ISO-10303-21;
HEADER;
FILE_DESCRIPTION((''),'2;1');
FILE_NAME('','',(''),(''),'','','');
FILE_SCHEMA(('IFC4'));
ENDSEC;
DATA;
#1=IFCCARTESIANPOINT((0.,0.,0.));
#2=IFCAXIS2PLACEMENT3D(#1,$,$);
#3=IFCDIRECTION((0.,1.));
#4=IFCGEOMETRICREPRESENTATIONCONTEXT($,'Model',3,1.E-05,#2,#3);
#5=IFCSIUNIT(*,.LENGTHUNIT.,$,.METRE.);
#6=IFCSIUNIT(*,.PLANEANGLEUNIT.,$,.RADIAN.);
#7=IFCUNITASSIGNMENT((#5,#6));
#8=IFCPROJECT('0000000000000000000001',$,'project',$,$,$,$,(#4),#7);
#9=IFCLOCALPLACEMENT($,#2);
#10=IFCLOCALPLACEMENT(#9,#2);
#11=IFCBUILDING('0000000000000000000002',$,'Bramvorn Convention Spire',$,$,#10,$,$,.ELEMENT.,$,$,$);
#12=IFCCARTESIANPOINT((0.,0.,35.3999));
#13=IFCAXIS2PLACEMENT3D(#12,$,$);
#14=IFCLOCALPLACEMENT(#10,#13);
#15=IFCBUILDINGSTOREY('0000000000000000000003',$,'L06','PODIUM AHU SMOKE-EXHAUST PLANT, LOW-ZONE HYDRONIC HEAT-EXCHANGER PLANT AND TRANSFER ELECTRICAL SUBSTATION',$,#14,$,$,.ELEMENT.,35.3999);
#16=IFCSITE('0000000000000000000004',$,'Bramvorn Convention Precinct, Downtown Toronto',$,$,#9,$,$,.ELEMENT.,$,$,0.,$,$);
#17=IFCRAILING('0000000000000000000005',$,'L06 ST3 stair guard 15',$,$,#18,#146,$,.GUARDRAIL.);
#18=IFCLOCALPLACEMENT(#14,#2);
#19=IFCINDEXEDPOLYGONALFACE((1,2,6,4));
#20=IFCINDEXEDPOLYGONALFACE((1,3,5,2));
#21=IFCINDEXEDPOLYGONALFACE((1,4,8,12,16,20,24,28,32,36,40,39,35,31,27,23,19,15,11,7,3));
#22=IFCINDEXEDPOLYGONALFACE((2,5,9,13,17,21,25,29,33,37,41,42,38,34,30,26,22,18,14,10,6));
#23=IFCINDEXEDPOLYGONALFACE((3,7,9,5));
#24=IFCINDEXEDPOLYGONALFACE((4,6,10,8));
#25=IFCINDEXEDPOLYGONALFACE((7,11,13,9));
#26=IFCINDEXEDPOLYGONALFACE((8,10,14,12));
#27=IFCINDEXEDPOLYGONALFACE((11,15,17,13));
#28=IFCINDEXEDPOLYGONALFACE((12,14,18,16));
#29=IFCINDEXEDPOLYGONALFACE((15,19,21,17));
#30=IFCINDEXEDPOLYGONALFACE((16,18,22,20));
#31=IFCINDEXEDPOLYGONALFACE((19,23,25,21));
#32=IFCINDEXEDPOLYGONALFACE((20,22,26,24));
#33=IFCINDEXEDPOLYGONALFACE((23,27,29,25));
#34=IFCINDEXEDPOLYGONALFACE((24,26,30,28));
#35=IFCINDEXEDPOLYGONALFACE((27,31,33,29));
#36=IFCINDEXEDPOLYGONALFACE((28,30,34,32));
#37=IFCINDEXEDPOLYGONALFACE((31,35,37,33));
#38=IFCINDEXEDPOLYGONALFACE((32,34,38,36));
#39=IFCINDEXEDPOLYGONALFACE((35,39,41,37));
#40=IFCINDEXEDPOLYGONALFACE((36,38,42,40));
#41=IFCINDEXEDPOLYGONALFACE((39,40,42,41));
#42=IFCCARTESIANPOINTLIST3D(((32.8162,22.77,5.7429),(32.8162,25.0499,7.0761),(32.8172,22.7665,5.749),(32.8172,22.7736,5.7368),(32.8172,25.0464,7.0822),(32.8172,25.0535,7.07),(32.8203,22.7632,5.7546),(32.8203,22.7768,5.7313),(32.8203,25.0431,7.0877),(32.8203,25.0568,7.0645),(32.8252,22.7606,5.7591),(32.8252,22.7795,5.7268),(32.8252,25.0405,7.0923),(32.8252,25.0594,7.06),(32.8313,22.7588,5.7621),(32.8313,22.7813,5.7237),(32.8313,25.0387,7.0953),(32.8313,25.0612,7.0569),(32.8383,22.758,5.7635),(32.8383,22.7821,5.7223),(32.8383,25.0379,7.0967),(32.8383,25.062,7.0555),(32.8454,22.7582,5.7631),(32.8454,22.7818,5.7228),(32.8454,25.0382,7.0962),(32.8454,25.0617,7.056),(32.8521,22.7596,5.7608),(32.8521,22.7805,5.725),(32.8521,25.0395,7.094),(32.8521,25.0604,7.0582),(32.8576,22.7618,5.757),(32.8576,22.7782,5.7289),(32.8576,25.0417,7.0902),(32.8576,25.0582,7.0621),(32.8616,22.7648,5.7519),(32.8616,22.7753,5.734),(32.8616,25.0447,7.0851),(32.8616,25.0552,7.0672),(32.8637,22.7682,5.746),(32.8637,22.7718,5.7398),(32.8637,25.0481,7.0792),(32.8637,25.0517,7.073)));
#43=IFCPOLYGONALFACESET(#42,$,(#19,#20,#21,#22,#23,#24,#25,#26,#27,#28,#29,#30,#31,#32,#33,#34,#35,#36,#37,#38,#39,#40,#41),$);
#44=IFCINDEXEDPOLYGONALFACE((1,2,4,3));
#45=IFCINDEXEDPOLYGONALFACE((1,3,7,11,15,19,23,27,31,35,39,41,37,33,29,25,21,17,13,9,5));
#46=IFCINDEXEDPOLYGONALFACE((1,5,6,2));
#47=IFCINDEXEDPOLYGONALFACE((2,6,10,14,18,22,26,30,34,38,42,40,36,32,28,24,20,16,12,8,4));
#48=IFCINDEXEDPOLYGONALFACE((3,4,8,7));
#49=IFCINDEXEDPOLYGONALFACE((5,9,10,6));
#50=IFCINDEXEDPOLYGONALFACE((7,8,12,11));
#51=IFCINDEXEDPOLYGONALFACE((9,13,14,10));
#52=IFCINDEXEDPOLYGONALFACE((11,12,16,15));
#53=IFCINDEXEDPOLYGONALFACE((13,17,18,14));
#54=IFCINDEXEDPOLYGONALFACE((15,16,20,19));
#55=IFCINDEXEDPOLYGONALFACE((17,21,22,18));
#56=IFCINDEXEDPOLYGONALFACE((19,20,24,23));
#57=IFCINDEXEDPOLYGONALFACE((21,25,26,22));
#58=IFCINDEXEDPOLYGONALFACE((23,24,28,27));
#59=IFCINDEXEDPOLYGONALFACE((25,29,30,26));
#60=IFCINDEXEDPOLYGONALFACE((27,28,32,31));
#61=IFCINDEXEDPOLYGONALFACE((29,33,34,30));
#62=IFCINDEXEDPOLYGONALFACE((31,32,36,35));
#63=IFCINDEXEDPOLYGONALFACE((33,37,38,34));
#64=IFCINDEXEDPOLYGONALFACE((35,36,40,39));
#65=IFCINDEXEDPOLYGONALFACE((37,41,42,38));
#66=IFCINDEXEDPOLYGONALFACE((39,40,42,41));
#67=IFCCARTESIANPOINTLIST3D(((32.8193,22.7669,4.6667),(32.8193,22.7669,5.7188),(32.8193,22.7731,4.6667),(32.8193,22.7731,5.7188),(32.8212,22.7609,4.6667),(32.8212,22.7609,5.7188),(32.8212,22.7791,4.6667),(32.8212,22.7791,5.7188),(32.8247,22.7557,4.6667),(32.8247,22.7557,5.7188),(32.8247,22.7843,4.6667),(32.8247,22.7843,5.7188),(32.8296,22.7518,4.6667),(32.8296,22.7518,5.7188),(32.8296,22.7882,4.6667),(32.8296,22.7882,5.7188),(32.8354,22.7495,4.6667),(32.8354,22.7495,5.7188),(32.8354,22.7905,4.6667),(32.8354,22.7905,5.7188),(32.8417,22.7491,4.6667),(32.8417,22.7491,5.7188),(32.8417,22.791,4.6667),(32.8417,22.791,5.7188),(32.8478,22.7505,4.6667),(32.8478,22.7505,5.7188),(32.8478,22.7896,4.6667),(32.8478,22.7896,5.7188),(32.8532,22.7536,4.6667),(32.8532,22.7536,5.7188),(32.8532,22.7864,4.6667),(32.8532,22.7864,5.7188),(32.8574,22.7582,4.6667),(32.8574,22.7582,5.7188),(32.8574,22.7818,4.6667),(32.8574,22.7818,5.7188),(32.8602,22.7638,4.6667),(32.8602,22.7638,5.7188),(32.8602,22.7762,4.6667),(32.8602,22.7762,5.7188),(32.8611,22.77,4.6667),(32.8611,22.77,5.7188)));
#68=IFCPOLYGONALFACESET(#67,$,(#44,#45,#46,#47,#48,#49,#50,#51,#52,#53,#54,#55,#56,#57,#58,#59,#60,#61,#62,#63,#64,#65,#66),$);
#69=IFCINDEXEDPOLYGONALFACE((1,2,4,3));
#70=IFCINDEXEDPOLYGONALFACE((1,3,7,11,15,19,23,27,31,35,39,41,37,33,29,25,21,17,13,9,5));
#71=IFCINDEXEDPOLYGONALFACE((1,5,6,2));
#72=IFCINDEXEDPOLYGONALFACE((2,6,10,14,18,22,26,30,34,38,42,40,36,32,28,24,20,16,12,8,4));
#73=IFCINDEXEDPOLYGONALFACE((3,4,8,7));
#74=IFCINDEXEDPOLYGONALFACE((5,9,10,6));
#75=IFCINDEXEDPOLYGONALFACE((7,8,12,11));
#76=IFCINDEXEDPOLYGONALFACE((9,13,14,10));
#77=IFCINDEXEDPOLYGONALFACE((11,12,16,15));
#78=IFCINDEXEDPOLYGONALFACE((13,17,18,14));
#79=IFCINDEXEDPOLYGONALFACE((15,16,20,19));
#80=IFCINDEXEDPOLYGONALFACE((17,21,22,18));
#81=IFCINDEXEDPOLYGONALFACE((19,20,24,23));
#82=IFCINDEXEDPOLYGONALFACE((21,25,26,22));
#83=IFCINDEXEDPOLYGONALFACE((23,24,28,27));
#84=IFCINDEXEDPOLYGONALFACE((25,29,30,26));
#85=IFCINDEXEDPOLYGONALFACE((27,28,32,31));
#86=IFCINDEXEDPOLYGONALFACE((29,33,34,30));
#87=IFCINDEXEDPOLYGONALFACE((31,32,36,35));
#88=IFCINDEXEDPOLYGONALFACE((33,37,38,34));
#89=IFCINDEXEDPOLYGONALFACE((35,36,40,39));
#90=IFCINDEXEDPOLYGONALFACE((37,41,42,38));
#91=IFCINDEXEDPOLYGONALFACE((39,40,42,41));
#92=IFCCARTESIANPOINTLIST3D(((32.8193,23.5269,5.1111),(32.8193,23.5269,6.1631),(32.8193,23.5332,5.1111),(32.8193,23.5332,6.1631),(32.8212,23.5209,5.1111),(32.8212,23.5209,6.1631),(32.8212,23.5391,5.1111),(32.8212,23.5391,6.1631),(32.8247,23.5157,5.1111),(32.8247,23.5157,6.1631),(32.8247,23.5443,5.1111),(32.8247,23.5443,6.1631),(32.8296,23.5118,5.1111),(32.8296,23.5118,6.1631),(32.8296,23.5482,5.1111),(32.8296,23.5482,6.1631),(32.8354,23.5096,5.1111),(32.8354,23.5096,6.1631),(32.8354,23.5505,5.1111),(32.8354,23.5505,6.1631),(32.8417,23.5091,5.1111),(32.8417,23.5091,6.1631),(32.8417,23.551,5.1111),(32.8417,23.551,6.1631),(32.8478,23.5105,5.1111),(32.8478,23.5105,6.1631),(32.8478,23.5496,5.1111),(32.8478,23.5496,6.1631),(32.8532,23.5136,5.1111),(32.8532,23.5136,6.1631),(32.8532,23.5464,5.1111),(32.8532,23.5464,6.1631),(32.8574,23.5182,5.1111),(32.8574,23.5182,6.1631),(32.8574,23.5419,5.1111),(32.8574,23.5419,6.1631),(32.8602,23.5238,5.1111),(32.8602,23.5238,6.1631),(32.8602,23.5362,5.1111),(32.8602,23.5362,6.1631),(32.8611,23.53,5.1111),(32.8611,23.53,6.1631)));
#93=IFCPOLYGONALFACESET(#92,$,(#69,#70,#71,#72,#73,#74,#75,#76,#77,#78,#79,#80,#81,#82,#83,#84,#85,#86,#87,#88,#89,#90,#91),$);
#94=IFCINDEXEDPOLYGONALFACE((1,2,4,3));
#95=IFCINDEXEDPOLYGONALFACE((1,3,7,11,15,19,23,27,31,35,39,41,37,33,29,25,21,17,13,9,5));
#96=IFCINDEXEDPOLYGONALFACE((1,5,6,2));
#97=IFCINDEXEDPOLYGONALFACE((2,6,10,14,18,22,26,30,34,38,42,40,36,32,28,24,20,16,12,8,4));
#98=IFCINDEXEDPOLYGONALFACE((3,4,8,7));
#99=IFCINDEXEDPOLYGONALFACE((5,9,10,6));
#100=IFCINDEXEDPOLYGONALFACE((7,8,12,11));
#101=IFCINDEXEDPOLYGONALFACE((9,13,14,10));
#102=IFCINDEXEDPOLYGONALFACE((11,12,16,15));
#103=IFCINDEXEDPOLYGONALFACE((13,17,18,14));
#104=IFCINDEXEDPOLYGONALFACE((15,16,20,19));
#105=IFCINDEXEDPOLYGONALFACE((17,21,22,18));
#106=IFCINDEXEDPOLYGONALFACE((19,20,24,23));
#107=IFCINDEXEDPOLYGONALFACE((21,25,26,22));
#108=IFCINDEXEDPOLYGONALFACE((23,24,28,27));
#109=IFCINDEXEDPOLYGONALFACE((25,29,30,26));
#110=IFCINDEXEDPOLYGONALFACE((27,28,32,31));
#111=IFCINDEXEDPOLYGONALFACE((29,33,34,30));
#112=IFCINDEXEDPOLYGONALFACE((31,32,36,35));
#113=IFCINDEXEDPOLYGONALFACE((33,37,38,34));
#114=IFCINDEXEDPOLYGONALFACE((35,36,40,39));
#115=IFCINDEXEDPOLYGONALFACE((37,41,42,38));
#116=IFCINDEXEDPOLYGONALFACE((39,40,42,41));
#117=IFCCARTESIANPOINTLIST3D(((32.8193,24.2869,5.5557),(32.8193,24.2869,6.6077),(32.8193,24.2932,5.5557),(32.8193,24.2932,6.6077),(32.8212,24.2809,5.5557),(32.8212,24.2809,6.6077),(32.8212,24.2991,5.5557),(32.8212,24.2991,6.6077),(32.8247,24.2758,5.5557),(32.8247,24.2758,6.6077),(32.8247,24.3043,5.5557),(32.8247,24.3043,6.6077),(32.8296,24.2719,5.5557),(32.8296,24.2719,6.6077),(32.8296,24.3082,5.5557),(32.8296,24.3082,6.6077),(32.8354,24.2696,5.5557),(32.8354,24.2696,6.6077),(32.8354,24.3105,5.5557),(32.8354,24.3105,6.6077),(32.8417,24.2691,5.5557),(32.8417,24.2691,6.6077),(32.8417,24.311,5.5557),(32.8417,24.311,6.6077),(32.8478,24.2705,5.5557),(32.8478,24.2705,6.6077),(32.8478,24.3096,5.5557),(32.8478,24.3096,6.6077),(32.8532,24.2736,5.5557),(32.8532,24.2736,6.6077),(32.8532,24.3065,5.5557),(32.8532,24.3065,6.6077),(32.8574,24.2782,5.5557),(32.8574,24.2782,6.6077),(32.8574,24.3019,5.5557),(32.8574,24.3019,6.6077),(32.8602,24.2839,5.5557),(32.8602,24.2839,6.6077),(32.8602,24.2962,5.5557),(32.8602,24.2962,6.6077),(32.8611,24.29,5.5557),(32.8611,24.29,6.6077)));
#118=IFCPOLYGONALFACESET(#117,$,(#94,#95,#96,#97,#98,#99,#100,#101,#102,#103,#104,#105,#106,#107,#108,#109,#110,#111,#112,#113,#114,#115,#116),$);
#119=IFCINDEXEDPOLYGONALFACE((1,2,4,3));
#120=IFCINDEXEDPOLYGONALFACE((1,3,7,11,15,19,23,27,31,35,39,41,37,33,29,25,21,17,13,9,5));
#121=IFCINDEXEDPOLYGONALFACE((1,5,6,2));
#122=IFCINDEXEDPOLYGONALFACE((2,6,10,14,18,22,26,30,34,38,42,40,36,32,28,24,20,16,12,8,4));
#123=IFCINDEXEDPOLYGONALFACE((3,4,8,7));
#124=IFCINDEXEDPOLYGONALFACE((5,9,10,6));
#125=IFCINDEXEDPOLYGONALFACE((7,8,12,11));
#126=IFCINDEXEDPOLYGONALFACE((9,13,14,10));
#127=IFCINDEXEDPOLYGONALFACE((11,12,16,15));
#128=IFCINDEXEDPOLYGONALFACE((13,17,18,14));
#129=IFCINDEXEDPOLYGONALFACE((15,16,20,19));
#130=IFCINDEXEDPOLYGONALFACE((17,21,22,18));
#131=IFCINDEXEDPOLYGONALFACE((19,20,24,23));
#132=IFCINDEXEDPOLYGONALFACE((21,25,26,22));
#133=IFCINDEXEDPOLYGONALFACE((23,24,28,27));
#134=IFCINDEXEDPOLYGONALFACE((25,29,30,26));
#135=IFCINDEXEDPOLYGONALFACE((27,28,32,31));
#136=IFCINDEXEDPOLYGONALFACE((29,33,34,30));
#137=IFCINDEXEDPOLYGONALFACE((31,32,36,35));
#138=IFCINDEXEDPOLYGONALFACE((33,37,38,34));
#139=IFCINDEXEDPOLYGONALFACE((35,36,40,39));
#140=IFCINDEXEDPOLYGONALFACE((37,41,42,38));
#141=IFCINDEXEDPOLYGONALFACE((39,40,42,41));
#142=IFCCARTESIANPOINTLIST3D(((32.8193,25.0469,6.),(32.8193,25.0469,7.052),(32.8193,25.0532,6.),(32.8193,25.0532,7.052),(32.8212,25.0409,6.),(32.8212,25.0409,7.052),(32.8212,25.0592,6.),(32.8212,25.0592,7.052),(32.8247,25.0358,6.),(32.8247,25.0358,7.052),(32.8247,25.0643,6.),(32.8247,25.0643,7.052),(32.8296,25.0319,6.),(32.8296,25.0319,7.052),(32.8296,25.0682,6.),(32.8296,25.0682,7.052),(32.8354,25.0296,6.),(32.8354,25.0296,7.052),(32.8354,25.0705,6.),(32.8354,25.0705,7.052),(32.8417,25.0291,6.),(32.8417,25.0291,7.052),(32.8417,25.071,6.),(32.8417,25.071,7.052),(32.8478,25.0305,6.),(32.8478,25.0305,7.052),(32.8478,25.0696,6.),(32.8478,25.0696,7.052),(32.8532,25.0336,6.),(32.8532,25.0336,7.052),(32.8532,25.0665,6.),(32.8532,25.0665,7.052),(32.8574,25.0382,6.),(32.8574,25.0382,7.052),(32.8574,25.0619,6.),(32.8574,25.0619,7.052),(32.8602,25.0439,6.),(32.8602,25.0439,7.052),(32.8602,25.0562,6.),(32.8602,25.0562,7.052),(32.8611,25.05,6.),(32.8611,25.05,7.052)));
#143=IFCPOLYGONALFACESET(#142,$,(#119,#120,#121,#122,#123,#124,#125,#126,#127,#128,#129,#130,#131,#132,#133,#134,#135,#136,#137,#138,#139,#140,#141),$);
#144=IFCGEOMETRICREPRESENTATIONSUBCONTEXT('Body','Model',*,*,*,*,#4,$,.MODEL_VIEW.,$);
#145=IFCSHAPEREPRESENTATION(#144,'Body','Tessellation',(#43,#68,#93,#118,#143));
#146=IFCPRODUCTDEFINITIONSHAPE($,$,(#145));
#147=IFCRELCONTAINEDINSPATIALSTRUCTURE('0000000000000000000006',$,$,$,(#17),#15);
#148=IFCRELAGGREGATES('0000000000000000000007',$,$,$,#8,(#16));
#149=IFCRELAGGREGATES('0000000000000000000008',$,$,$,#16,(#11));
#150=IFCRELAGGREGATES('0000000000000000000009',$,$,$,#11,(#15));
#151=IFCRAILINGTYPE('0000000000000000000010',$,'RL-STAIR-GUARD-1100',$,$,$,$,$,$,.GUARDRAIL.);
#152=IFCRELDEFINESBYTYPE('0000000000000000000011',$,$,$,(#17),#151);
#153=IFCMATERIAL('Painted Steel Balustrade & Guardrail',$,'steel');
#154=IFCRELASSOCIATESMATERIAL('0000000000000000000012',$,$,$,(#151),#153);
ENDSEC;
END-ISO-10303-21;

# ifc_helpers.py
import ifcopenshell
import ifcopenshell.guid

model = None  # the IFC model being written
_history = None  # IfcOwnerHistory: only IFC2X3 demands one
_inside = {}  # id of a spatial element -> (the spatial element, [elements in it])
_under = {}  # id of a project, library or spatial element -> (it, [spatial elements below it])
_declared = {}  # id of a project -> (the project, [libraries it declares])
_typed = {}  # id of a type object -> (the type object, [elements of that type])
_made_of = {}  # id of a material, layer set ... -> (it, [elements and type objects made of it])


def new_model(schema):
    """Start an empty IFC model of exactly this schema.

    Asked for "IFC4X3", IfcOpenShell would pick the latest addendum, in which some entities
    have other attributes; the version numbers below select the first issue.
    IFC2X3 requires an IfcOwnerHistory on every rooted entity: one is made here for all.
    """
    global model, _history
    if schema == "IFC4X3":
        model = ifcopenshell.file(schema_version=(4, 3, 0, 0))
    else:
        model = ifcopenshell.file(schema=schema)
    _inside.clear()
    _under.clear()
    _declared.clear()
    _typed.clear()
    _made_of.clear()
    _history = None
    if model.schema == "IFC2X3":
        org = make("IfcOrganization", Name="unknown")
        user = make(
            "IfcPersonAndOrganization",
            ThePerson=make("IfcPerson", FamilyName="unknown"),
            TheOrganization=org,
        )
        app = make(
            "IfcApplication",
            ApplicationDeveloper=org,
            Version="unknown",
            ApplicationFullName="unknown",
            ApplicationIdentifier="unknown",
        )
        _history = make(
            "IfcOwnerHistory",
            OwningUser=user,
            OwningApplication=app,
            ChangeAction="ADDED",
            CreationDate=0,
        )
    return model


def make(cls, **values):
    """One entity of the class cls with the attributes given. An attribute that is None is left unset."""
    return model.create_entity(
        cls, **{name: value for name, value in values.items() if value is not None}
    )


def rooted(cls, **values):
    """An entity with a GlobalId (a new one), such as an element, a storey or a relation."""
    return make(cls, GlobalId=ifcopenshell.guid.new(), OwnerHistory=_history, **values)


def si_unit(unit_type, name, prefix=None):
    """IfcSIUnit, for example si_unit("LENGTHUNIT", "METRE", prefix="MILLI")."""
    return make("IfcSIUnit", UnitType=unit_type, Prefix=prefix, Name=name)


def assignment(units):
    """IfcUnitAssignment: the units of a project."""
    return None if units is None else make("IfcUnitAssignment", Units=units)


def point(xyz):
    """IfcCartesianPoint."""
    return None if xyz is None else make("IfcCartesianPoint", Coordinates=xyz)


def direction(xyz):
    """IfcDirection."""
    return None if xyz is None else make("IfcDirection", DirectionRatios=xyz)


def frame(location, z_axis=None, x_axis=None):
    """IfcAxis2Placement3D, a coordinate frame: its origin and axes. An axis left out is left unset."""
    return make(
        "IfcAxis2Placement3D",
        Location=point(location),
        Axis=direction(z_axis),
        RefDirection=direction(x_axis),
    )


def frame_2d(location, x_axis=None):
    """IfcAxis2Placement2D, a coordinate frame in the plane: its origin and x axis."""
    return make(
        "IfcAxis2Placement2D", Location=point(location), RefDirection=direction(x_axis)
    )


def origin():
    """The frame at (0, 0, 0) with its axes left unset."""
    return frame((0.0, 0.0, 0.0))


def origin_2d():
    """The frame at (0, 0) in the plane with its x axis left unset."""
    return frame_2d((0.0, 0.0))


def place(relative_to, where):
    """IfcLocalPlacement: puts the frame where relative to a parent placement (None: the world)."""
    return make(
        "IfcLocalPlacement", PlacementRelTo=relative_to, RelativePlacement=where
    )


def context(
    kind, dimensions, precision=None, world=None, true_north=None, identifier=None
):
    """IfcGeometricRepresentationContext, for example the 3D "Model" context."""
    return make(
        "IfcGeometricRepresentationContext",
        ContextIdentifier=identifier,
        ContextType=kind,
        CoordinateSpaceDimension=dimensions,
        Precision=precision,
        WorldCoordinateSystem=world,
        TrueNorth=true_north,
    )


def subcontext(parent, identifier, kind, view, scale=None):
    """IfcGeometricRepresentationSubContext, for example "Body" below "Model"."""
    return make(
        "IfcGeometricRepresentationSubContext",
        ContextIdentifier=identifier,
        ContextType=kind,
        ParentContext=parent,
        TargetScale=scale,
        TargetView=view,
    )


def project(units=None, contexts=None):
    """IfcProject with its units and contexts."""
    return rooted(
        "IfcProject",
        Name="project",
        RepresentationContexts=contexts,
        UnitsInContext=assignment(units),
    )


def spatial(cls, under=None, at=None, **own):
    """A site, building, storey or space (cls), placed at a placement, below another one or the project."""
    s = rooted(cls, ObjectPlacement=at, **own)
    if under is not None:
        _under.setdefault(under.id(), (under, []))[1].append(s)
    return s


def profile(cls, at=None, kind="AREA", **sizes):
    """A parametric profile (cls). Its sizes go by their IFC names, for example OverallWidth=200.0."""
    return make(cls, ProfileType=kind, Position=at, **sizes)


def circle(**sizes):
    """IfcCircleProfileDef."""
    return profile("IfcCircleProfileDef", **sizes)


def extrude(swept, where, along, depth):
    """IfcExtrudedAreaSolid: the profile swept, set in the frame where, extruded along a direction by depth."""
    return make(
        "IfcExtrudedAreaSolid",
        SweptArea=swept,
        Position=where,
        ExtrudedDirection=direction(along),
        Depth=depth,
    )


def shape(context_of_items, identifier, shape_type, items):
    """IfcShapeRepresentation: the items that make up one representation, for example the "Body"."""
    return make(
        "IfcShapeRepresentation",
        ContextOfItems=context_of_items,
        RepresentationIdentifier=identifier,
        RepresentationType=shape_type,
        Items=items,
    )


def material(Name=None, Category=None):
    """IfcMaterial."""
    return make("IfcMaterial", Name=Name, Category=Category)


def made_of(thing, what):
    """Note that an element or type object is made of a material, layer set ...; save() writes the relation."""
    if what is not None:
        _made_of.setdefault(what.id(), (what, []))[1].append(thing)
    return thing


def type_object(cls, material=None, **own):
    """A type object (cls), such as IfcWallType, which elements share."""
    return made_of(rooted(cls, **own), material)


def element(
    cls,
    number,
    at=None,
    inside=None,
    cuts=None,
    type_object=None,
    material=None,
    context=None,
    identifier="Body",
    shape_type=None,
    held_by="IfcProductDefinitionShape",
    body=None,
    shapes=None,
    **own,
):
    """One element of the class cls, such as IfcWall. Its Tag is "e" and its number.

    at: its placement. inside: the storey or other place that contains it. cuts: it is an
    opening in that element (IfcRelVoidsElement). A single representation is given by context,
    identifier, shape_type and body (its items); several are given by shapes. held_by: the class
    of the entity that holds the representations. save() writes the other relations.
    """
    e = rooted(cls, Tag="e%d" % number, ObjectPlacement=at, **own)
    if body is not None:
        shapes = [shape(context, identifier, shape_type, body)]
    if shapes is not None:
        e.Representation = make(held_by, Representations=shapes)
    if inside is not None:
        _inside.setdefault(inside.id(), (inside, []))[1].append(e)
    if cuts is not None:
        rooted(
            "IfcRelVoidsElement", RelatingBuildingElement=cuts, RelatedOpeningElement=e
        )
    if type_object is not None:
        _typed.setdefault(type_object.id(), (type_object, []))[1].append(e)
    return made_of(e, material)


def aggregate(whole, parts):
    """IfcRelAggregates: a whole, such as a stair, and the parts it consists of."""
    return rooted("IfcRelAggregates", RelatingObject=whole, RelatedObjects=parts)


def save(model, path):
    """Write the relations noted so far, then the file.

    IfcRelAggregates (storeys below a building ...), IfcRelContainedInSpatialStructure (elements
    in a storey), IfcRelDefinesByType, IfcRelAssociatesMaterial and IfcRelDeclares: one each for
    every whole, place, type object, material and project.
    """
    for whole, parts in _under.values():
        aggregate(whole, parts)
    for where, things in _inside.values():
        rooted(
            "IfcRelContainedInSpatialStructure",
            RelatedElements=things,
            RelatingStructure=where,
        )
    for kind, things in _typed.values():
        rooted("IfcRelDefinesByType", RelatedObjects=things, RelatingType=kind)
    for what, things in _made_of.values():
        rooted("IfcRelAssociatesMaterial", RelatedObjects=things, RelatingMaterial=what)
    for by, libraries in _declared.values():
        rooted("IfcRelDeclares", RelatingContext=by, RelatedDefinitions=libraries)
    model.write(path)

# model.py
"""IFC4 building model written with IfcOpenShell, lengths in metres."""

from ifc_helpers import new_model, si_unit, direction, frame, origin, origin_2d, place, context, subcontext, project, spatial, circle, extrude, material, type_object, element, save


model = new_model("IFC4")

# Units and contexts
model_context = context("Model", 3, precision=1e-05, world=origin(), true_north=direction((0.0, 1.0)))
body_context = subcontext(model_context, "Body", "Model", "MODEL_VIEW")
ifc_project = project(units=[si_unit("LENGTHUNIT", "METRE"), si_unit("PLANEANGLEUNIT", "RADIAN")], contexts=[model_context])

# Site, building, storey
site_placement = place(None, origin())
site = spatial("IfcSite", under=ifc_project, at=site_placement, Name="Bramvorn Convention Precinct, Downtown Toronto", CompositionType="ELEMENT", RefElevation=0.0)
building_placement = place(site_placement, origin())
building = spatial("IfcBuilding", under=site, at=building_placement, Name="Bramvorn Convention Spire", CompositionType="ELEMENT")
storey_placement = place(building_placement, frame((0.0, 0.0, 35.3999)))
storey = spatial("IfcBuildingStorey", under=building, at=storey_placement, Name="L06", Description="PODIUM AHU SMOKE-EXHAUST PLANT, LOW-ZONE HYDRONIC HEAT-EXCHANGER PLANT AND TRANSFER ELECTRICAL SUBSTATION", CompositionType="ELEMENT", Elevation=35.3999)

# Railing
ifc_material_1 = material(Name="Painted Steel Balustrade & Guardrail", Category="steel")
railing_type_1 = type_object("IfcRailingType", Name="RL-STAIR-GUARD-1100", PredefinedType="GUARDRAIL", material=ifc_material_1)
railing_1_placement = place(storey_placement, frame((32.8401, 22.77, 4.6667)))
element("IfcRailing", 1, at=railing_1_placement, inside=storey, type_object=railing_type_1, Name="L06 ST3 stair guard 15", PredefinedType="GUARDRAIL", context=body_context, shape_type="SweptSolid", body=[
    extrude(circle(Radius=0.0239, at=origin_2d()), frame((0.0, 0.0, 1.0762), z_axis=(0.0, 0.863245, 0.504785), x_axis=(-1.0, 0.0, 0.0)), (0.0, 0.0, 1.0), 2.6411),
    extrude(circle(Radius=0.021, at=origin_2d()), origin(), (0.0, 0.0, 1.0), 1.052),
    extrude(circle(Radius=0.021, at=origin_2d()), frame((0.0, 0.76, 0.4443)), (0.0, 0.0, 1.0), 1.052),
    extrude(circle(Radius=0.021, at=origin_2d()), frame((0.0, 1.52, 0.8889)), (0.0, 0.0, 1.0), 1.052),
    extrude(circle(Radius=0.021, at=origin_2d()), frame((0.0, 2.28, 1.3333)), (0.0, 0.0, 1.0), 1.052),
])

save(model, "model.ifc")
